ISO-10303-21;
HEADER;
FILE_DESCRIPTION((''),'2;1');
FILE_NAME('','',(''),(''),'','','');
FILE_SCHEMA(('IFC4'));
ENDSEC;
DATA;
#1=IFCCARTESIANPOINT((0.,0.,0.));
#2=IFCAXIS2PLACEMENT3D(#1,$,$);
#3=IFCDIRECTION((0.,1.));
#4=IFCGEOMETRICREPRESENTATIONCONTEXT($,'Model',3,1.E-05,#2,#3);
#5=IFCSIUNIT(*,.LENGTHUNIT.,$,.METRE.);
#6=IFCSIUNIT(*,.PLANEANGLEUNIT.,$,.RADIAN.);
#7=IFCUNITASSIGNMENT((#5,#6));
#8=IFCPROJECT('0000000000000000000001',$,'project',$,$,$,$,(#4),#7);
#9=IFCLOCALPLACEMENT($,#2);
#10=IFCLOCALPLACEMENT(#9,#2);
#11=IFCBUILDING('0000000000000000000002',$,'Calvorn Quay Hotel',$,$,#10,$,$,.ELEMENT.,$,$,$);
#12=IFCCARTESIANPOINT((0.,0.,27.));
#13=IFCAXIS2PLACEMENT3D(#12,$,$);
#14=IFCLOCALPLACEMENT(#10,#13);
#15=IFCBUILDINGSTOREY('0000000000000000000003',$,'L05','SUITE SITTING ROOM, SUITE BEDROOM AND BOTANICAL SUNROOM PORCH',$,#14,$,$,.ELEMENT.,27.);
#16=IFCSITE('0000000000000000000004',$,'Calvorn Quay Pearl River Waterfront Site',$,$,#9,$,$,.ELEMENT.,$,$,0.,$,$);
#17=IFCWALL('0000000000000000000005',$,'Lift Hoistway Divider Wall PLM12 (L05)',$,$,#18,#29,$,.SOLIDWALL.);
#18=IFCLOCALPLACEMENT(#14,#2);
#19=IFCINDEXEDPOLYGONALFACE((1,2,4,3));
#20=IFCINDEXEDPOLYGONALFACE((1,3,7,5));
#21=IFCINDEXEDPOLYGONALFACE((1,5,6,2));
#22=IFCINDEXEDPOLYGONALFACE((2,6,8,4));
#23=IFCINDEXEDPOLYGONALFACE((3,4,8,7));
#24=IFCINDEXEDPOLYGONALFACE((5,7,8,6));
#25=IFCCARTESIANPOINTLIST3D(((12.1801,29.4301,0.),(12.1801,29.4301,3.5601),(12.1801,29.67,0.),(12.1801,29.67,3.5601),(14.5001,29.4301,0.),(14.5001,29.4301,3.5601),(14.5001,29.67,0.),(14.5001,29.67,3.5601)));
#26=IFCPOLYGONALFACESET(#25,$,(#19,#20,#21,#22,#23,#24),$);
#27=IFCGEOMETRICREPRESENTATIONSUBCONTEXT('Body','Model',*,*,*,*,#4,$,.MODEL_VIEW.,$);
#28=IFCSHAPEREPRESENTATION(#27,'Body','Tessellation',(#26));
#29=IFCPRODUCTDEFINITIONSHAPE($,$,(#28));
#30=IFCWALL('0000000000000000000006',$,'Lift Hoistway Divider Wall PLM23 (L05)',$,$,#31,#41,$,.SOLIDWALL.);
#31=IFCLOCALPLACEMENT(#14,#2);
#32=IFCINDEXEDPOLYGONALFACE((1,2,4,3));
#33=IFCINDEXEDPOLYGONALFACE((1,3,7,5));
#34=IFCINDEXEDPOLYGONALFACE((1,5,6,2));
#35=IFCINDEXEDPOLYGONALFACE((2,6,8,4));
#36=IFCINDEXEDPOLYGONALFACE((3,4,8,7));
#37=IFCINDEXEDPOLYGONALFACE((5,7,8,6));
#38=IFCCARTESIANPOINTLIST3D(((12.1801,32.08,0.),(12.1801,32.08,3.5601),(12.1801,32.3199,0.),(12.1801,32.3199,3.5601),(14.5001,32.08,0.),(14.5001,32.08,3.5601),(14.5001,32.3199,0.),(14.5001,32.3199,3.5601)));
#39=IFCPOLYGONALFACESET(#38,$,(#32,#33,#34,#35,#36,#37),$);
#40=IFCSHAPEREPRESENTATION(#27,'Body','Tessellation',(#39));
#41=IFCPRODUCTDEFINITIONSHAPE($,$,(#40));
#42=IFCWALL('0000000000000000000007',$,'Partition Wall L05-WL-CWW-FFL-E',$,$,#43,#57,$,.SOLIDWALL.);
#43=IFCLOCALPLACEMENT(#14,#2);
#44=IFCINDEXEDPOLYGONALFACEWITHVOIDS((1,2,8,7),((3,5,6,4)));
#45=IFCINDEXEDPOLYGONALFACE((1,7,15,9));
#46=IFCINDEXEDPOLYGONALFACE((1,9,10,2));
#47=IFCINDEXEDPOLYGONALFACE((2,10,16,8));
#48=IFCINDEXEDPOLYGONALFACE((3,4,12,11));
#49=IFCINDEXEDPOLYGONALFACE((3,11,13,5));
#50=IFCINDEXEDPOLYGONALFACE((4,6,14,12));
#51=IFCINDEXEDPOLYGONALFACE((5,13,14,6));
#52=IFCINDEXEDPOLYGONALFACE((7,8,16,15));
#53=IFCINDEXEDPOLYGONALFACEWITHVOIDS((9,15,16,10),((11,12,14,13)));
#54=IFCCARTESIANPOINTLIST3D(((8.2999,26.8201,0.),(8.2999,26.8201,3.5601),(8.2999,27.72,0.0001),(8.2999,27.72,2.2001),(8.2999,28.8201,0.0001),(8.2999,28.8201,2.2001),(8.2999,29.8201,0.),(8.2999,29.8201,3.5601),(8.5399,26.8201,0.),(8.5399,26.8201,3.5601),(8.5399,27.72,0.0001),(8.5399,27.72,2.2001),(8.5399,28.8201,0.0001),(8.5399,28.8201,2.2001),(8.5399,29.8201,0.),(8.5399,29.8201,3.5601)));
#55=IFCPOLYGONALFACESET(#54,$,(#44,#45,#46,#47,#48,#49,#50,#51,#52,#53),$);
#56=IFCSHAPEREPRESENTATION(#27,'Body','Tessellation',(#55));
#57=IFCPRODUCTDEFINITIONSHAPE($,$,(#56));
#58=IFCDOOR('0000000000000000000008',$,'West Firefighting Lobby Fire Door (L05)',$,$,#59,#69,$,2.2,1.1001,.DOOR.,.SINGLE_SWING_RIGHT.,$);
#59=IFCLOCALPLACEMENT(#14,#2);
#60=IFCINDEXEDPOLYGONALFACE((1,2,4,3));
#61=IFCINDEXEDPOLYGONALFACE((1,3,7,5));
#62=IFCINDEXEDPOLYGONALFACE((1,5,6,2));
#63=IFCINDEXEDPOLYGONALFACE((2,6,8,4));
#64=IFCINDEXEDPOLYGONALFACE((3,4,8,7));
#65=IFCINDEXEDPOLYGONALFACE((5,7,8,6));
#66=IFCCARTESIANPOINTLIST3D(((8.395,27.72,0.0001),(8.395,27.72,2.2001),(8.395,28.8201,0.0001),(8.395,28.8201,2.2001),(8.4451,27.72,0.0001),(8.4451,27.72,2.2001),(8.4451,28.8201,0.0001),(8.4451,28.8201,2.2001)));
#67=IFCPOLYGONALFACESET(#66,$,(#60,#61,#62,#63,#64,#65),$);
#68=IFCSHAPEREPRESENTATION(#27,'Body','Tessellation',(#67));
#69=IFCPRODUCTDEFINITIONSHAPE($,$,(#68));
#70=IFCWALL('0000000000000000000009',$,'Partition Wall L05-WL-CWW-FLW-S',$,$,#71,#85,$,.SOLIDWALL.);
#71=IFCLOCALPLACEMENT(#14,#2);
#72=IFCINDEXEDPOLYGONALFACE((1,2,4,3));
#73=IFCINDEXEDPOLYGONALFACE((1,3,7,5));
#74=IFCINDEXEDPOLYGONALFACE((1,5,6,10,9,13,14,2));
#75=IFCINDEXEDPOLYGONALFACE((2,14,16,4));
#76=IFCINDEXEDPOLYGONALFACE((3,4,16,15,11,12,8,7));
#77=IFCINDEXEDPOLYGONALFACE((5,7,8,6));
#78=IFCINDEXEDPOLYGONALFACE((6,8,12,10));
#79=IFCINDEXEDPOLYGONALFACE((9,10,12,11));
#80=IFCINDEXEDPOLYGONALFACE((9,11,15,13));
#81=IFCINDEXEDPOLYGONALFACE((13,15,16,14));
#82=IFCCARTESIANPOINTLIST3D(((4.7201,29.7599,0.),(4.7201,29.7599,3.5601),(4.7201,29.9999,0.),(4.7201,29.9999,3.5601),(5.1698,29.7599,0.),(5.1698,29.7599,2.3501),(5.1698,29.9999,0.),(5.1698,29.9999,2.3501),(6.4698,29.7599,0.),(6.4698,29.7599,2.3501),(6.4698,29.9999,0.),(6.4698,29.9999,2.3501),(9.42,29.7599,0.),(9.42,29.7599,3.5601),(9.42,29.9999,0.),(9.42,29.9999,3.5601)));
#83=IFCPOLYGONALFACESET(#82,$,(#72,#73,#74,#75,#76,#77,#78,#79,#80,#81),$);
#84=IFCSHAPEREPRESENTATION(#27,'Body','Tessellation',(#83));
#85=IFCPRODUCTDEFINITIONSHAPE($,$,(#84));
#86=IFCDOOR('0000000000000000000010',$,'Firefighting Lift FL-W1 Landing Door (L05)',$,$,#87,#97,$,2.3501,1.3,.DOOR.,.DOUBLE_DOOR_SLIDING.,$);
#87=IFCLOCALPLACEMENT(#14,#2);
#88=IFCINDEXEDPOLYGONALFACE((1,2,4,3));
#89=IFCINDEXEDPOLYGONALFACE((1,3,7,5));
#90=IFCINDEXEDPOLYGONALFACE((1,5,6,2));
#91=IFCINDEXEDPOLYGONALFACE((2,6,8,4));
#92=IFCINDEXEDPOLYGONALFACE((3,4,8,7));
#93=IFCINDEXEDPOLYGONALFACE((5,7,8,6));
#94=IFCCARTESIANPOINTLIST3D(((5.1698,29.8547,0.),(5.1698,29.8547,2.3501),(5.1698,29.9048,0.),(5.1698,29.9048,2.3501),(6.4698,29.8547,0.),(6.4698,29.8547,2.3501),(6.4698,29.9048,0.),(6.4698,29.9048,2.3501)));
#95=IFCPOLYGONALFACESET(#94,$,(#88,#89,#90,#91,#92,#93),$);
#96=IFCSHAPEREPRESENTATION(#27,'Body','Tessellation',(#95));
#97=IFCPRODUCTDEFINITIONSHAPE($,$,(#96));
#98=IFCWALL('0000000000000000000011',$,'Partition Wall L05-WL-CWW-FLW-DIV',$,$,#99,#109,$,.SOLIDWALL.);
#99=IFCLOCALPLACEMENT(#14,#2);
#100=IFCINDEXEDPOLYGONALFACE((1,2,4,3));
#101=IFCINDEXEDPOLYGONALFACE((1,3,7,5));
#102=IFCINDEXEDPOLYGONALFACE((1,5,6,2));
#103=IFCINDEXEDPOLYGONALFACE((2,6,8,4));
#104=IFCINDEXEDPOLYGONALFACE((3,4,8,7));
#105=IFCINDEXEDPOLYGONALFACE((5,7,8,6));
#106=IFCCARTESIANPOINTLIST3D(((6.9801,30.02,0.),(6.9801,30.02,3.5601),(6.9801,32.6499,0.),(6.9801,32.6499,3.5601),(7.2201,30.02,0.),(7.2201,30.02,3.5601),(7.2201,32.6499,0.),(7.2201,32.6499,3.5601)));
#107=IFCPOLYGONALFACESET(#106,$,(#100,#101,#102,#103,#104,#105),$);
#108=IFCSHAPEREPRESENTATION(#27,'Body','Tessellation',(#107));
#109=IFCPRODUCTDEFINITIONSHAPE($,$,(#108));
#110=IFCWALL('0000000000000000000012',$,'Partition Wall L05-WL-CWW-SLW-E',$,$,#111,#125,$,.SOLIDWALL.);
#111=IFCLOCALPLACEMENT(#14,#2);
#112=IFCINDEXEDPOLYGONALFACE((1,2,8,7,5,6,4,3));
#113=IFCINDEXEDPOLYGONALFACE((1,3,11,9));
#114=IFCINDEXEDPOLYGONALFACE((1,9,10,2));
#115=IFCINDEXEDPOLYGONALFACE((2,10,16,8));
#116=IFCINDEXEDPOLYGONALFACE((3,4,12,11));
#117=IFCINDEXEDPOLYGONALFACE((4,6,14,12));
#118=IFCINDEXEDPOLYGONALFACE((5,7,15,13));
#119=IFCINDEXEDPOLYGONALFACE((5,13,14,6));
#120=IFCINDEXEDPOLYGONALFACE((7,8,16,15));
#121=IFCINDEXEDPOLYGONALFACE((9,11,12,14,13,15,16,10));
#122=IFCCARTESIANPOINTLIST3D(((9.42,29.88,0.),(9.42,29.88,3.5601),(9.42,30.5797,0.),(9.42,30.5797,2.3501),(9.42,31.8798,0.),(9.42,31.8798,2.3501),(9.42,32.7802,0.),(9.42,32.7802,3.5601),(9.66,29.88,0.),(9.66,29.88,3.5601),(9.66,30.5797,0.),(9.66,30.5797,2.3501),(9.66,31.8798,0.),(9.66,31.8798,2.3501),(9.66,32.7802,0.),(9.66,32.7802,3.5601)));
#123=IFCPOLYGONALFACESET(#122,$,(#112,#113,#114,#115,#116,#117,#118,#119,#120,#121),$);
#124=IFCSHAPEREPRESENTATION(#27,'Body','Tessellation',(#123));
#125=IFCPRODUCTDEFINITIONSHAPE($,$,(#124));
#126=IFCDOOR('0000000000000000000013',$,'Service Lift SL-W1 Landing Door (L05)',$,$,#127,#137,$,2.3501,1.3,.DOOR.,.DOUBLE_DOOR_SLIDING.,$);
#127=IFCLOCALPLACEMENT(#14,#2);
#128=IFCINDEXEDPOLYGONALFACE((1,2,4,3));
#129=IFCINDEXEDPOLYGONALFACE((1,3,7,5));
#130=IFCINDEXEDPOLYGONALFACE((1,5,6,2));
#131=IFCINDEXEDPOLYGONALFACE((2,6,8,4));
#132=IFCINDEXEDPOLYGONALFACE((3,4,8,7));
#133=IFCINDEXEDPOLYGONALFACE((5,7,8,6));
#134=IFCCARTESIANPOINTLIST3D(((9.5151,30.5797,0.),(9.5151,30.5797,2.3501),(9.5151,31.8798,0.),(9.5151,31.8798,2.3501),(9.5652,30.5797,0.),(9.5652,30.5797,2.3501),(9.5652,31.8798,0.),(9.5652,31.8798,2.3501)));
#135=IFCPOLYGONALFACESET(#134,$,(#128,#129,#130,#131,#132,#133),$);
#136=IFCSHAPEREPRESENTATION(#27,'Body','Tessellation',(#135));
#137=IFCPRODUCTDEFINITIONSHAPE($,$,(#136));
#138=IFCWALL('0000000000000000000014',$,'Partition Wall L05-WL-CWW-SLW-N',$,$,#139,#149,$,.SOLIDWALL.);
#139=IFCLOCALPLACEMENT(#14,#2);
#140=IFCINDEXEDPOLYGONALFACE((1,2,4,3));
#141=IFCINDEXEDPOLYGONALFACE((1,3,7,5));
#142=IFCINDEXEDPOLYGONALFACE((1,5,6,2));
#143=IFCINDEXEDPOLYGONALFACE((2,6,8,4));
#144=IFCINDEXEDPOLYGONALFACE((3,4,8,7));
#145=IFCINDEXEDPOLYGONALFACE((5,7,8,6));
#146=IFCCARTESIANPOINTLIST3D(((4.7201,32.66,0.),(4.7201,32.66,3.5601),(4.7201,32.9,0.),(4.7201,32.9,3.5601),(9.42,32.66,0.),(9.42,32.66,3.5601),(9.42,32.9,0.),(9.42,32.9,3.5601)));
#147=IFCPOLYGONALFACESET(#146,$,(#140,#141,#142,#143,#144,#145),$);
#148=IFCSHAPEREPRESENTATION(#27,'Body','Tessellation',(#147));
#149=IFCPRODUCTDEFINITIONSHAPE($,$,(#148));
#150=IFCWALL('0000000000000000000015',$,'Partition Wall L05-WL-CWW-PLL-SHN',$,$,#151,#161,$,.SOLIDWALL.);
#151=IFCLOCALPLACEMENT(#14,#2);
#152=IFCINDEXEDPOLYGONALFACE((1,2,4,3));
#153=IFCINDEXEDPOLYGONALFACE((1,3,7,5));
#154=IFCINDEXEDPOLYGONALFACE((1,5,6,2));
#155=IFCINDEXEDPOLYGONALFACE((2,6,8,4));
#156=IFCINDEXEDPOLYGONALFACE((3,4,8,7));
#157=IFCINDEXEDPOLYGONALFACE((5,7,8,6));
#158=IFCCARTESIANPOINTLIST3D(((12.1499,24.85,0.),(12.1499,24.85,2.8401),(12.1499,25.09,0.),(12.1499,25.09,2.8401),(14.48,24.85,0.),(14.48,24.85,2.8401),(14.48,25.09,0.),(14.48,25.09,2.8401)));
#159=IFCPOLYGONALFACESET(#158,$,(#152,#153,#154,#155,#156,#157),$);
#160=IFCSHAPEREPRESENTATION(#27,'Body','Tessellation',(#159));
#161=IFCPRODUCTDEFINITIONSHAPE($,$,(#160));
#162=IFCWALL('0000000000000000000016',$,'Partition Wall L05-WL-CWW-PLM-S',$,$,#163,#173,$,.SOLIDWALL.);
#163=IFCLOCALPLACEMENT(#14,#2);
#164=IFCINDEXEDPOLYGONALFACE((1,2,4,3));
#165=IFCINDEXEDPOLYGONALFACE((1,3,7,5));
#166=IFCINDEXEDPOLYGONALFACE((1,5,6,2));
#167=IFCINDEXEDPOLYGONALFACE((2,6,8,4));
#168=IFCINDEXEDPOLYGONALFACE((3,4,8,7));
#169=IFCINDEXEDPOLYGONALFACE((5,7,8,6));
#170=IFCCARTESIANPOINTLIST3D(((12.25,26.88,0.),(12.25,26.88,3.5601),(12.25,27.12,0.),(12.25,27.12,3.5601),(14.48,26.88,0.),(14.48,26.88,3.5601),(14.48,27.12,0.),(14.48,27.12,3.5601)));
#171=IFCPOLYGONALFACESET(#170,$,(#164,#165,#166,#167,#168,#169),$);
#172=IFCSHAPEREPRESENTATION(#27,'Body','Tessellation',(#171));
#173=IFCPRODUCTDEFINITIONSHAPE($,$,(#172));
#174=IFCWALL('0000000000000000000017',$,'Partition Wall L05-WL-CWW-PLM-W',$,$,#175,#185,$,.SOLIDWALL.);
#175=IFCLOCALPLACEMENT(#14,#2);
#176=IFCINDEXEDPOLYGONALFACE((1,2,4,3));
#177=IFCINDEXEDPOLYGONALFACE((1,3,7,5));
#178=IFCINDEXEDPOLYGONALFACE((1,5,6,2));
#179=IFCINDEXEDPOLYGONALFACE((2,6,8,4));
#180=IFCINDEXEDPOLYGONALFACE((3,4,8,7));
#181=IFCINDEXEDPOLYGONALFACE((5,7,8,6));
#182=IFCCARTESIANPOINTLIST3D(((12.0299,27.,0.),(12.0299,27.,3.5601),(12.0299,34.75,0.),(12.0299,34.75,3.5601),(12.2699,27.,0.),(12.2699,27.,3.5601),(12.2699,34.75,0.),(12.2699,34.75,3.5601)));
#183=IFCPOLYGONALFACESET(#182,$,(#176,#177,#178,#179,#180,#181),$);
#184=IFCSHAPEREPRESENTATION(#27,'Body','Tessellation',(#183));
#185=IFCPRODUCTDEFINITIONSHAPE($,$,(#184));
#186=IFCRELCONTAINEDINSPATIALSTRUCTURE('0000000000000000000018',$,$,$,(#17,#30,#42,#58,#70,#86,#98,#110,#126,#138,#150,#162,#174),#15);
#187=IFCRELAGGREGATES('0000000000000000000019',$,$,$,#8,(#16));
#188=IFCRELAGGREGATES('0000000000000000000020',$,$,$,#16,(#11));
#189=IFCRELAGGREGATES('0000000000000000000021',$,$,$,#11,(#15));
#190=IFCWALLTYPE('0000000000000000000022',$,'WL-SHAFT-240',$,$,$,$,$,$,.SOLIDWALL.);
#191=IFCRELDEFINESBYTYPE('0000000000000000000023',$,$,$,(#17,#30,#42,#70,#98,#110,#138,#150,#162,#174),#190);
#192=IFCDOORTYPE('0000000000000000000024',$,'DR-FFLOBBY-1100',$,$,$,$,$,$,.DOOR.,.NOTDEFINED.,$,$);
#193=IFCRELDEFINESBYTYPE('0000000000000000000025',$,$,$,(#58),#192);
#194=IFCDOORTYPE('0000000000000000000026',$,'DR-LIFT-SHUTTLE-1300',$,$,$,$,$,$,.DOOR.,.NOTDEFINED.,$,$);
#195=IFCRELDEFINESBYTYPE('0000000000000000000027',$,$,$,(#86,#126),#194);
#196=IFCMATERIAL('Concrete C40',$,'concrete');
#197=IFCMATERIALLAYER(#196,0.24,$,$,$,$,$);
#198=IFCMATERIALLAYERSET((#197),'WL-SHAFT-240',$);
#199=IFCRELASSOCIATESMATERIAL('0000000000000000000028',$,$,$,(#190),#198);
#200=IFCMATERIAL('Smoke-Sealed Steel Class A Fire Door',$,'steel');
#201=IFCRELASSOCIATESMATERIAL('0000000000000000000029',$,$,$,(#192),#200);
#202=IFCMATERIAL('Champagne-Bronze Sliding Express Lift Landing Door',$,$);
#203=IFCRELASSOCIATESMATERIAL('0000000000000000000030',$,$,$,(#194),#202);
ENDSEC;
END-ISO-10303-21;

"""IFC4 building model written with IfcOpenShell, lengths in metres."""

from ifc_helpers import new_model, si_unit, direction, frame, frame_2d, origin, place, context, subcontext, project, spatial, rectangle, extrude, material, layer, layer_set, type_object, element, fill, save


model = new_model("IFC4")

# Units and contexts
model_context = context("Model", 3, precision=1e-05, world=origin(), true_north=direction((0.0, 1.0)))
body_context = subcontext(model_context, "Body", "Model", "MODEL_VIEW")
ifc_project = project(units=[si_unit("LENGTHUNIT", "METRE"), si_unit("PLANEANGLEUNIT", "RADIAN")], contexts=[model_context])

# Site, building, storey
site_placement = place(None, origin())
site = spatial("IfcSite", under=ifc_project, at=site_placement, Name="Calvorn Quay Pearl River Waterfront Site", CompositionType="ELEMENT", RefElevation=0.0)
building_placement = place(site_placement, origin())
building = spatial("IfcBuilding", under=site, at=building_placement, Name="Calvorn Quay Hotel", CompositionType="ELEMENT")
storey_placement = place(building_placement, frame((0.0, 0.0, 27.0)))
storey = spatial("IfcBuildingStorey", under=building, at=storey_placement, Name="L05", Description="SUITE SITTING ROOM, SUITE BEDROOM AND BOTANICAL SUNROOM PORCH", CompositionType="ELEMENT", Elevation=27.0)

# Walls
ifc_material_1 = material(Name="Concrete C40", Category="concrete")
ifc_layer_1 = layer(ifc_material_1, 0.24)
ifc_layer_set_1 = layer_set([ifc_layer_1], Name="WL-SHAFT-240")
wall_type_1 = type_object("IfcWallType", Name="WL-SHAFT-240", PredefinedType="SOLIDWALL", material=ifc_layer_set_1)
for number, where, z_axis, x_axis, name in (
    (1, (12.1799, 29.55, 0.0), (0.0, 0.0, 1.0), (1.0, 0.0, 0.0), "Lift Hoistway Divider Wall PLM12 (L05)"),
    (2, (12.1799, 32.2, 0.0), (0.0, 0.0, 1.0), (1.0, 0.0, 0.0), "Lift Hoistway Divider Wall PLM23 (L05)"),
):
    element("IfcWall", number, at=place(storey_placement, frame(where, z_axis=z_axis, x_axis=x_axis)), inside=storey, type_object=wall_type_1, Name=name, PredefinedType="SOLIDWALL", context=body_context, shape_type="SweptSolid", body=[
        extrude(rectangle(XDim=2.3201, YDim=0.24, at=frame_2d((1.1602, 0.0))), origin(), (0.0, 0.0, 1.0), 3.5601),
    ])

# Walls, openings, doors
wall_1_placement = place(storey_placement, frame((8.4199, 26.8201, 0.0), z_axis=(0.0, 0.0, 1.0), x_axis=(0.0, 1.0, 0.0)))
wall_1 = element("IfcWall", 3, at=wall_1_placement, inside=storey, type_object=wall_type_1, Name="Partition Wall L05-WL-CWW-FFL-E", PredefinedType="SOLIDWALL", context=body_context, shape_type="SweptSolid", body=[
    extrude(rectangle(XDim=3.0, YDim=0.24, at=frame_2d((1.5, 0.0))), origin(), (0.0, 0.0, 1.0), 3.5601),
])
opening_1_placement = place(wall_1_placement, frame((0.8999, 0.0, 0.0)))
opening_1 = element("IfcOpeningElement", 4, at=opening_1_placement, cuts=wall_1, PredefinedType="OPENING", context=body_context, shape_type="SweptSolid", body=[
    extrude(rectangle(XDim=1.1001, YDim=2.2, at=frame_2d((0.55, 1.1001))), frame((0.0, 0.1299, 0.0), z_axis=(0.0, -1.0, 0.0), x_axis=(1.0, 0.0, 0.0)), (0.0, 0.0, 1.0), 0.26),
])
ifc_material_2 = material(Name="Smoke-Sealed Steel Class A Fire Door", Category="steel")
door_type_1 = type_object("IfcDoorType", Name="DR-FFLOBBY-1100", OperationType="NOTDEFINED", PredefinedType="DOOR", material=ifc_material_2)
door_1_placement = place(opening_1_placement, origin())
door_1 = element("IfcDoor", 5, at=door_1_placement, inside=storey, type_object=door_type_1, Name="West Firefighting Lobby Fire Door (L05)", OperationType="SINGLE_SWING_RIGHT", OverallHeight=2.2, OverallWidth=1.1001, PredefinedType="DOOR", context=body_context, shape_type="SweptSolid", body=[
    extrude(rectangle(XDim=1.1001, YDim=2.2, at=frame_2d((0.55, 1.1001))), frame((0.0, 0.0249, 0.0), z_axis=(0.0, -1.0, 0.0), x_axis=(1.0, 0.0, 0.0)), (0.0, 0.0, 1.0), 0.05),
])
fill(opening_1, door_1)
wall_2_placement = place(storey_placement, frame((4.72, 29.8799, 0.0), z_axis=(0.0, 0.0, 1.0), x_axis=(1.0, 0.0, 0.0)))
wall_2 = element("IfcWall", 6, at=wall_2_placement, inside=storey, type_object=wall_type_1, Name="Partition Wall L05-WL-CWW-FLW-S", PredefinedType="SOLIDWALL", context=body_context, shape_type="SweptSolid", body=[
    extrude(rectangle(XDim=4.7, YDim=0.24, at=frame_2d((2.3501, 0.0))), origin(), (0.0, 0.0, 1.0), 3.5601),
])
opening_2_placement = place(wall_2_placement, frame((0.45, 0.0, 0.0)))
opening_2 = element("IfcOpeningElement", 7, at=opening_2_placement, cuts=wall_2, PredefinedType="OPENING", context=body_context, shape_type="SweptSolid", body=[
    extrude(rectangle(XDim=1.3, YDim=2.3501, at=frame_2d((0.6499, 1.175))), frame((0.0, 0.1299, 0.0), z_axis=(0.0, -1.0, 0.0), x_axis=(1.0, 0.0, 0.0)), (0.0, 0.0, 1.0), 0.26),
])
ifc_material_3 = material(Name="Champagne-Bronze Sliding Express Lift Landing Door")
door_type_2 = type_object("IfcDoorType", Name="DR-LIFT-SHUTTLE-1300", OperationType="NOTDEFINED", PredefinedType="DOOR", material=ifc_material_3)
door_2_placement = place(opening_2_placement, origin())
door_2 = element("IfcDoor", 8, at=door_2_placement, inside=storey, type_object=door_type_2, Name="Firefighting Lift FL-W1 Landing Door (L05)", OperationType="DOUBLE_DOOR_SLIDING", OverallHeight=2.3501, OverallWidth=1.3, PredefinedType="DOOR", context=body_context, shape_type="SweptSolid", body=[
    extrude(rectangle(XDim=1.3, YDim=2.3501, at=frame_2d((0.6499, 1.175))), frame((0.0, 0.0249, 0.0), z_axis=(0.0, -1.0, 0.0), x_axis=(1.0, 0.0, 0.0)), (0.0, 0.0, 1.0), 0.05),
])
fill(opening_2, door_2)

# Wall
wall_3_placement = place(storey_placement, frame((7.1001, 30.02, 0.0), z_axis=(0.0, 0.0, 1.0), x_axis=(0.0, 1.0, 0.0)))
element("IfcWall", 9, at=wall_3_placement, inside=storey, type_object=wall_type_1, Name="Partition Wall L05-WL-CWW-FLW-DIV", PredefinedType="SOLIDWALL", context=body_context, shape_type="SweptSolid", body=[
    extrude(rectangle(XDim=2.6299, YDim=0.24, at=frame_2d((1.3149, 0.0))), origin(), (0.0, 0.0, 1.0), 3.5601),
])

# Wall, opening, door
wall_4_placement = place(storey_placement, frame((9.54, 29.8799, 0.0), z_axis=(0.0, 0.0, 1.0), x_axis=(0.0, 1.0, 0.0)))
wall_4 = element("IfcWall", 10, at=wall_4_placement, inside=storey, type_object=wall_type_1, Name="Partition Wall L05-WL-CWW-SLW-E", PredefinedType="SOLIDWALL", context=body_context, shape_type="SweptSolid", body=[
    extrude(rectangle(XDim=2.9001, YDim=0.24, at=frame_2d((1.4502, 0.0))), origin(), (0.0, 0.0, 1.0), 3.5601),
])
opening_3_placement = place(wall_4_placement, frame((0.7, 0.0, 0.0)))
opening_3 = element("IfcOpeningElement", 11, at=opening_3_placement, cuts=wall_4, PredefinedType="OPENING", context=body_context, shape_type="SweptSolid", body=[
    extrude(rectangle(XDim=1.3, YDim=2.3501, at=frame_2d((0.6499, 1.175))), frame((0.0, 0.1299, 0.0), z_axis=(0.0, -1.0, 0.0), x_axis=(1.0, 0.0, 0.0)), (0.0, 0.0, 1.0), 0.26),
])
door_3_placement = place(opening_3_placement, origin())
door_3 = element("IfcDoor", 12, at=door_3_placement, inside=storey, type_object=door_type_2, Name="Service Lift SL-W1 Landing Door (L05)", OperationType="DOUBLE_DOOR_SLIDING", OverallHeight=2.3501, OverallWidth=1.3, PredefinedType="DOOR", context=body_context, shape_type="SweptSolid", body=[
    extrude(rectangle(XDim=1.3, YDim=2.3501, at=frame_2d((0.6499, 1.175))), frame((0.0, 0.0249, 0.0), z_axis=(0.0, -1.0, 0.0), x_axis=(1.0, 0.0, 0.0)), (0.0, 0.0, 1.0), 0.05),
])
fill(opening_3, door_3)

# Wall
wall_5_placement = place(storey_placement, frame((4.72, 32.78, 0.0), z_axis=(0.0, 0.0, 1.0), x_axis=(1.0, 0.0, 0.0)))
element("IfcWall", 13, at=wall_5_placement, inside=storey, type_object=wall_type_1, Name="Partition Wall L05-WL-CWW-SLW-N", PredefinedType="SOLIDWALL", context=body_context, shape_type="SweptSolid", body=[
    extrude(rectangle(XDim=4.7, YDim=0.24, at=frame_2d((2.3501, 0.0))), origin(), (0.0, 0.0, 1.0), 3.5601),
])

# Walls
wall_6_placement = place(storey_placement, frame((12.1499, 24.97, 0.0), z_axis=(0.0, 0.0, 1.0), x_axis=(1.0, 0.0, 0.0)))
element("IfcWall", 14, at=wall_6_placement, inside=storey, type_object=wall_type_1, Name="Partition Wall L05-WL-CWW-PLL-SHN", PredefinedType="SOLIDWALL", context=body_context, shape_type="SweptSolid", body=[
    extrude(rectangle(XDim=2.3301, YDim=0.24, at=frame_2d((1.165, 0.0))), origin(), (0.0, 0.0, 1.0), 2.8401),
])
wall_7_placement = place(storey_placement, frame((12.25, 27.0, 0.0), z_axis=(0.0, 0.0, 1.0), x_axis=(1.0, 0.0, 0.0)))
element("IfcWall", 15, at=wall_7_placement, inside=storey, type_object=wall_type_1, Name="Partition Wall L05-WL-CWW-PLM-S", PredefinedType="SOLIDWALL", context=body_context, shape_type="SweptSolid", body=[
    extrude(rectangle(XDim=2.23, YDim=0.24, at=frame_2d((1.115, 0.0))), origin(), (0.0, 0.0, 1.0), 3.5601),
])
wall_8_placement = place(storey_placement, frame((12.1499, 27.0, 0.0), z_axis=(0.0, 0.0, 1.0), x_axis=(0.0, 1.0, 0.0)))
element("IfcWall", 16, at=wall_8_placement, inside=storey, type_object=wall_type_1, Name="Partition Wall L05-WL-CWW-PLM-W", PredefinedType="SOLIDWALL", context=body_context, shape_type="SweptSolid", body=[
    extrude(rectangle(XDim=7.75, YDim=0.24, at=frame_2d((3.875, 0.0))), origin(), (0.0, 0.0, 1.0), 3.5601),
])

save(model, "model.ifc")
